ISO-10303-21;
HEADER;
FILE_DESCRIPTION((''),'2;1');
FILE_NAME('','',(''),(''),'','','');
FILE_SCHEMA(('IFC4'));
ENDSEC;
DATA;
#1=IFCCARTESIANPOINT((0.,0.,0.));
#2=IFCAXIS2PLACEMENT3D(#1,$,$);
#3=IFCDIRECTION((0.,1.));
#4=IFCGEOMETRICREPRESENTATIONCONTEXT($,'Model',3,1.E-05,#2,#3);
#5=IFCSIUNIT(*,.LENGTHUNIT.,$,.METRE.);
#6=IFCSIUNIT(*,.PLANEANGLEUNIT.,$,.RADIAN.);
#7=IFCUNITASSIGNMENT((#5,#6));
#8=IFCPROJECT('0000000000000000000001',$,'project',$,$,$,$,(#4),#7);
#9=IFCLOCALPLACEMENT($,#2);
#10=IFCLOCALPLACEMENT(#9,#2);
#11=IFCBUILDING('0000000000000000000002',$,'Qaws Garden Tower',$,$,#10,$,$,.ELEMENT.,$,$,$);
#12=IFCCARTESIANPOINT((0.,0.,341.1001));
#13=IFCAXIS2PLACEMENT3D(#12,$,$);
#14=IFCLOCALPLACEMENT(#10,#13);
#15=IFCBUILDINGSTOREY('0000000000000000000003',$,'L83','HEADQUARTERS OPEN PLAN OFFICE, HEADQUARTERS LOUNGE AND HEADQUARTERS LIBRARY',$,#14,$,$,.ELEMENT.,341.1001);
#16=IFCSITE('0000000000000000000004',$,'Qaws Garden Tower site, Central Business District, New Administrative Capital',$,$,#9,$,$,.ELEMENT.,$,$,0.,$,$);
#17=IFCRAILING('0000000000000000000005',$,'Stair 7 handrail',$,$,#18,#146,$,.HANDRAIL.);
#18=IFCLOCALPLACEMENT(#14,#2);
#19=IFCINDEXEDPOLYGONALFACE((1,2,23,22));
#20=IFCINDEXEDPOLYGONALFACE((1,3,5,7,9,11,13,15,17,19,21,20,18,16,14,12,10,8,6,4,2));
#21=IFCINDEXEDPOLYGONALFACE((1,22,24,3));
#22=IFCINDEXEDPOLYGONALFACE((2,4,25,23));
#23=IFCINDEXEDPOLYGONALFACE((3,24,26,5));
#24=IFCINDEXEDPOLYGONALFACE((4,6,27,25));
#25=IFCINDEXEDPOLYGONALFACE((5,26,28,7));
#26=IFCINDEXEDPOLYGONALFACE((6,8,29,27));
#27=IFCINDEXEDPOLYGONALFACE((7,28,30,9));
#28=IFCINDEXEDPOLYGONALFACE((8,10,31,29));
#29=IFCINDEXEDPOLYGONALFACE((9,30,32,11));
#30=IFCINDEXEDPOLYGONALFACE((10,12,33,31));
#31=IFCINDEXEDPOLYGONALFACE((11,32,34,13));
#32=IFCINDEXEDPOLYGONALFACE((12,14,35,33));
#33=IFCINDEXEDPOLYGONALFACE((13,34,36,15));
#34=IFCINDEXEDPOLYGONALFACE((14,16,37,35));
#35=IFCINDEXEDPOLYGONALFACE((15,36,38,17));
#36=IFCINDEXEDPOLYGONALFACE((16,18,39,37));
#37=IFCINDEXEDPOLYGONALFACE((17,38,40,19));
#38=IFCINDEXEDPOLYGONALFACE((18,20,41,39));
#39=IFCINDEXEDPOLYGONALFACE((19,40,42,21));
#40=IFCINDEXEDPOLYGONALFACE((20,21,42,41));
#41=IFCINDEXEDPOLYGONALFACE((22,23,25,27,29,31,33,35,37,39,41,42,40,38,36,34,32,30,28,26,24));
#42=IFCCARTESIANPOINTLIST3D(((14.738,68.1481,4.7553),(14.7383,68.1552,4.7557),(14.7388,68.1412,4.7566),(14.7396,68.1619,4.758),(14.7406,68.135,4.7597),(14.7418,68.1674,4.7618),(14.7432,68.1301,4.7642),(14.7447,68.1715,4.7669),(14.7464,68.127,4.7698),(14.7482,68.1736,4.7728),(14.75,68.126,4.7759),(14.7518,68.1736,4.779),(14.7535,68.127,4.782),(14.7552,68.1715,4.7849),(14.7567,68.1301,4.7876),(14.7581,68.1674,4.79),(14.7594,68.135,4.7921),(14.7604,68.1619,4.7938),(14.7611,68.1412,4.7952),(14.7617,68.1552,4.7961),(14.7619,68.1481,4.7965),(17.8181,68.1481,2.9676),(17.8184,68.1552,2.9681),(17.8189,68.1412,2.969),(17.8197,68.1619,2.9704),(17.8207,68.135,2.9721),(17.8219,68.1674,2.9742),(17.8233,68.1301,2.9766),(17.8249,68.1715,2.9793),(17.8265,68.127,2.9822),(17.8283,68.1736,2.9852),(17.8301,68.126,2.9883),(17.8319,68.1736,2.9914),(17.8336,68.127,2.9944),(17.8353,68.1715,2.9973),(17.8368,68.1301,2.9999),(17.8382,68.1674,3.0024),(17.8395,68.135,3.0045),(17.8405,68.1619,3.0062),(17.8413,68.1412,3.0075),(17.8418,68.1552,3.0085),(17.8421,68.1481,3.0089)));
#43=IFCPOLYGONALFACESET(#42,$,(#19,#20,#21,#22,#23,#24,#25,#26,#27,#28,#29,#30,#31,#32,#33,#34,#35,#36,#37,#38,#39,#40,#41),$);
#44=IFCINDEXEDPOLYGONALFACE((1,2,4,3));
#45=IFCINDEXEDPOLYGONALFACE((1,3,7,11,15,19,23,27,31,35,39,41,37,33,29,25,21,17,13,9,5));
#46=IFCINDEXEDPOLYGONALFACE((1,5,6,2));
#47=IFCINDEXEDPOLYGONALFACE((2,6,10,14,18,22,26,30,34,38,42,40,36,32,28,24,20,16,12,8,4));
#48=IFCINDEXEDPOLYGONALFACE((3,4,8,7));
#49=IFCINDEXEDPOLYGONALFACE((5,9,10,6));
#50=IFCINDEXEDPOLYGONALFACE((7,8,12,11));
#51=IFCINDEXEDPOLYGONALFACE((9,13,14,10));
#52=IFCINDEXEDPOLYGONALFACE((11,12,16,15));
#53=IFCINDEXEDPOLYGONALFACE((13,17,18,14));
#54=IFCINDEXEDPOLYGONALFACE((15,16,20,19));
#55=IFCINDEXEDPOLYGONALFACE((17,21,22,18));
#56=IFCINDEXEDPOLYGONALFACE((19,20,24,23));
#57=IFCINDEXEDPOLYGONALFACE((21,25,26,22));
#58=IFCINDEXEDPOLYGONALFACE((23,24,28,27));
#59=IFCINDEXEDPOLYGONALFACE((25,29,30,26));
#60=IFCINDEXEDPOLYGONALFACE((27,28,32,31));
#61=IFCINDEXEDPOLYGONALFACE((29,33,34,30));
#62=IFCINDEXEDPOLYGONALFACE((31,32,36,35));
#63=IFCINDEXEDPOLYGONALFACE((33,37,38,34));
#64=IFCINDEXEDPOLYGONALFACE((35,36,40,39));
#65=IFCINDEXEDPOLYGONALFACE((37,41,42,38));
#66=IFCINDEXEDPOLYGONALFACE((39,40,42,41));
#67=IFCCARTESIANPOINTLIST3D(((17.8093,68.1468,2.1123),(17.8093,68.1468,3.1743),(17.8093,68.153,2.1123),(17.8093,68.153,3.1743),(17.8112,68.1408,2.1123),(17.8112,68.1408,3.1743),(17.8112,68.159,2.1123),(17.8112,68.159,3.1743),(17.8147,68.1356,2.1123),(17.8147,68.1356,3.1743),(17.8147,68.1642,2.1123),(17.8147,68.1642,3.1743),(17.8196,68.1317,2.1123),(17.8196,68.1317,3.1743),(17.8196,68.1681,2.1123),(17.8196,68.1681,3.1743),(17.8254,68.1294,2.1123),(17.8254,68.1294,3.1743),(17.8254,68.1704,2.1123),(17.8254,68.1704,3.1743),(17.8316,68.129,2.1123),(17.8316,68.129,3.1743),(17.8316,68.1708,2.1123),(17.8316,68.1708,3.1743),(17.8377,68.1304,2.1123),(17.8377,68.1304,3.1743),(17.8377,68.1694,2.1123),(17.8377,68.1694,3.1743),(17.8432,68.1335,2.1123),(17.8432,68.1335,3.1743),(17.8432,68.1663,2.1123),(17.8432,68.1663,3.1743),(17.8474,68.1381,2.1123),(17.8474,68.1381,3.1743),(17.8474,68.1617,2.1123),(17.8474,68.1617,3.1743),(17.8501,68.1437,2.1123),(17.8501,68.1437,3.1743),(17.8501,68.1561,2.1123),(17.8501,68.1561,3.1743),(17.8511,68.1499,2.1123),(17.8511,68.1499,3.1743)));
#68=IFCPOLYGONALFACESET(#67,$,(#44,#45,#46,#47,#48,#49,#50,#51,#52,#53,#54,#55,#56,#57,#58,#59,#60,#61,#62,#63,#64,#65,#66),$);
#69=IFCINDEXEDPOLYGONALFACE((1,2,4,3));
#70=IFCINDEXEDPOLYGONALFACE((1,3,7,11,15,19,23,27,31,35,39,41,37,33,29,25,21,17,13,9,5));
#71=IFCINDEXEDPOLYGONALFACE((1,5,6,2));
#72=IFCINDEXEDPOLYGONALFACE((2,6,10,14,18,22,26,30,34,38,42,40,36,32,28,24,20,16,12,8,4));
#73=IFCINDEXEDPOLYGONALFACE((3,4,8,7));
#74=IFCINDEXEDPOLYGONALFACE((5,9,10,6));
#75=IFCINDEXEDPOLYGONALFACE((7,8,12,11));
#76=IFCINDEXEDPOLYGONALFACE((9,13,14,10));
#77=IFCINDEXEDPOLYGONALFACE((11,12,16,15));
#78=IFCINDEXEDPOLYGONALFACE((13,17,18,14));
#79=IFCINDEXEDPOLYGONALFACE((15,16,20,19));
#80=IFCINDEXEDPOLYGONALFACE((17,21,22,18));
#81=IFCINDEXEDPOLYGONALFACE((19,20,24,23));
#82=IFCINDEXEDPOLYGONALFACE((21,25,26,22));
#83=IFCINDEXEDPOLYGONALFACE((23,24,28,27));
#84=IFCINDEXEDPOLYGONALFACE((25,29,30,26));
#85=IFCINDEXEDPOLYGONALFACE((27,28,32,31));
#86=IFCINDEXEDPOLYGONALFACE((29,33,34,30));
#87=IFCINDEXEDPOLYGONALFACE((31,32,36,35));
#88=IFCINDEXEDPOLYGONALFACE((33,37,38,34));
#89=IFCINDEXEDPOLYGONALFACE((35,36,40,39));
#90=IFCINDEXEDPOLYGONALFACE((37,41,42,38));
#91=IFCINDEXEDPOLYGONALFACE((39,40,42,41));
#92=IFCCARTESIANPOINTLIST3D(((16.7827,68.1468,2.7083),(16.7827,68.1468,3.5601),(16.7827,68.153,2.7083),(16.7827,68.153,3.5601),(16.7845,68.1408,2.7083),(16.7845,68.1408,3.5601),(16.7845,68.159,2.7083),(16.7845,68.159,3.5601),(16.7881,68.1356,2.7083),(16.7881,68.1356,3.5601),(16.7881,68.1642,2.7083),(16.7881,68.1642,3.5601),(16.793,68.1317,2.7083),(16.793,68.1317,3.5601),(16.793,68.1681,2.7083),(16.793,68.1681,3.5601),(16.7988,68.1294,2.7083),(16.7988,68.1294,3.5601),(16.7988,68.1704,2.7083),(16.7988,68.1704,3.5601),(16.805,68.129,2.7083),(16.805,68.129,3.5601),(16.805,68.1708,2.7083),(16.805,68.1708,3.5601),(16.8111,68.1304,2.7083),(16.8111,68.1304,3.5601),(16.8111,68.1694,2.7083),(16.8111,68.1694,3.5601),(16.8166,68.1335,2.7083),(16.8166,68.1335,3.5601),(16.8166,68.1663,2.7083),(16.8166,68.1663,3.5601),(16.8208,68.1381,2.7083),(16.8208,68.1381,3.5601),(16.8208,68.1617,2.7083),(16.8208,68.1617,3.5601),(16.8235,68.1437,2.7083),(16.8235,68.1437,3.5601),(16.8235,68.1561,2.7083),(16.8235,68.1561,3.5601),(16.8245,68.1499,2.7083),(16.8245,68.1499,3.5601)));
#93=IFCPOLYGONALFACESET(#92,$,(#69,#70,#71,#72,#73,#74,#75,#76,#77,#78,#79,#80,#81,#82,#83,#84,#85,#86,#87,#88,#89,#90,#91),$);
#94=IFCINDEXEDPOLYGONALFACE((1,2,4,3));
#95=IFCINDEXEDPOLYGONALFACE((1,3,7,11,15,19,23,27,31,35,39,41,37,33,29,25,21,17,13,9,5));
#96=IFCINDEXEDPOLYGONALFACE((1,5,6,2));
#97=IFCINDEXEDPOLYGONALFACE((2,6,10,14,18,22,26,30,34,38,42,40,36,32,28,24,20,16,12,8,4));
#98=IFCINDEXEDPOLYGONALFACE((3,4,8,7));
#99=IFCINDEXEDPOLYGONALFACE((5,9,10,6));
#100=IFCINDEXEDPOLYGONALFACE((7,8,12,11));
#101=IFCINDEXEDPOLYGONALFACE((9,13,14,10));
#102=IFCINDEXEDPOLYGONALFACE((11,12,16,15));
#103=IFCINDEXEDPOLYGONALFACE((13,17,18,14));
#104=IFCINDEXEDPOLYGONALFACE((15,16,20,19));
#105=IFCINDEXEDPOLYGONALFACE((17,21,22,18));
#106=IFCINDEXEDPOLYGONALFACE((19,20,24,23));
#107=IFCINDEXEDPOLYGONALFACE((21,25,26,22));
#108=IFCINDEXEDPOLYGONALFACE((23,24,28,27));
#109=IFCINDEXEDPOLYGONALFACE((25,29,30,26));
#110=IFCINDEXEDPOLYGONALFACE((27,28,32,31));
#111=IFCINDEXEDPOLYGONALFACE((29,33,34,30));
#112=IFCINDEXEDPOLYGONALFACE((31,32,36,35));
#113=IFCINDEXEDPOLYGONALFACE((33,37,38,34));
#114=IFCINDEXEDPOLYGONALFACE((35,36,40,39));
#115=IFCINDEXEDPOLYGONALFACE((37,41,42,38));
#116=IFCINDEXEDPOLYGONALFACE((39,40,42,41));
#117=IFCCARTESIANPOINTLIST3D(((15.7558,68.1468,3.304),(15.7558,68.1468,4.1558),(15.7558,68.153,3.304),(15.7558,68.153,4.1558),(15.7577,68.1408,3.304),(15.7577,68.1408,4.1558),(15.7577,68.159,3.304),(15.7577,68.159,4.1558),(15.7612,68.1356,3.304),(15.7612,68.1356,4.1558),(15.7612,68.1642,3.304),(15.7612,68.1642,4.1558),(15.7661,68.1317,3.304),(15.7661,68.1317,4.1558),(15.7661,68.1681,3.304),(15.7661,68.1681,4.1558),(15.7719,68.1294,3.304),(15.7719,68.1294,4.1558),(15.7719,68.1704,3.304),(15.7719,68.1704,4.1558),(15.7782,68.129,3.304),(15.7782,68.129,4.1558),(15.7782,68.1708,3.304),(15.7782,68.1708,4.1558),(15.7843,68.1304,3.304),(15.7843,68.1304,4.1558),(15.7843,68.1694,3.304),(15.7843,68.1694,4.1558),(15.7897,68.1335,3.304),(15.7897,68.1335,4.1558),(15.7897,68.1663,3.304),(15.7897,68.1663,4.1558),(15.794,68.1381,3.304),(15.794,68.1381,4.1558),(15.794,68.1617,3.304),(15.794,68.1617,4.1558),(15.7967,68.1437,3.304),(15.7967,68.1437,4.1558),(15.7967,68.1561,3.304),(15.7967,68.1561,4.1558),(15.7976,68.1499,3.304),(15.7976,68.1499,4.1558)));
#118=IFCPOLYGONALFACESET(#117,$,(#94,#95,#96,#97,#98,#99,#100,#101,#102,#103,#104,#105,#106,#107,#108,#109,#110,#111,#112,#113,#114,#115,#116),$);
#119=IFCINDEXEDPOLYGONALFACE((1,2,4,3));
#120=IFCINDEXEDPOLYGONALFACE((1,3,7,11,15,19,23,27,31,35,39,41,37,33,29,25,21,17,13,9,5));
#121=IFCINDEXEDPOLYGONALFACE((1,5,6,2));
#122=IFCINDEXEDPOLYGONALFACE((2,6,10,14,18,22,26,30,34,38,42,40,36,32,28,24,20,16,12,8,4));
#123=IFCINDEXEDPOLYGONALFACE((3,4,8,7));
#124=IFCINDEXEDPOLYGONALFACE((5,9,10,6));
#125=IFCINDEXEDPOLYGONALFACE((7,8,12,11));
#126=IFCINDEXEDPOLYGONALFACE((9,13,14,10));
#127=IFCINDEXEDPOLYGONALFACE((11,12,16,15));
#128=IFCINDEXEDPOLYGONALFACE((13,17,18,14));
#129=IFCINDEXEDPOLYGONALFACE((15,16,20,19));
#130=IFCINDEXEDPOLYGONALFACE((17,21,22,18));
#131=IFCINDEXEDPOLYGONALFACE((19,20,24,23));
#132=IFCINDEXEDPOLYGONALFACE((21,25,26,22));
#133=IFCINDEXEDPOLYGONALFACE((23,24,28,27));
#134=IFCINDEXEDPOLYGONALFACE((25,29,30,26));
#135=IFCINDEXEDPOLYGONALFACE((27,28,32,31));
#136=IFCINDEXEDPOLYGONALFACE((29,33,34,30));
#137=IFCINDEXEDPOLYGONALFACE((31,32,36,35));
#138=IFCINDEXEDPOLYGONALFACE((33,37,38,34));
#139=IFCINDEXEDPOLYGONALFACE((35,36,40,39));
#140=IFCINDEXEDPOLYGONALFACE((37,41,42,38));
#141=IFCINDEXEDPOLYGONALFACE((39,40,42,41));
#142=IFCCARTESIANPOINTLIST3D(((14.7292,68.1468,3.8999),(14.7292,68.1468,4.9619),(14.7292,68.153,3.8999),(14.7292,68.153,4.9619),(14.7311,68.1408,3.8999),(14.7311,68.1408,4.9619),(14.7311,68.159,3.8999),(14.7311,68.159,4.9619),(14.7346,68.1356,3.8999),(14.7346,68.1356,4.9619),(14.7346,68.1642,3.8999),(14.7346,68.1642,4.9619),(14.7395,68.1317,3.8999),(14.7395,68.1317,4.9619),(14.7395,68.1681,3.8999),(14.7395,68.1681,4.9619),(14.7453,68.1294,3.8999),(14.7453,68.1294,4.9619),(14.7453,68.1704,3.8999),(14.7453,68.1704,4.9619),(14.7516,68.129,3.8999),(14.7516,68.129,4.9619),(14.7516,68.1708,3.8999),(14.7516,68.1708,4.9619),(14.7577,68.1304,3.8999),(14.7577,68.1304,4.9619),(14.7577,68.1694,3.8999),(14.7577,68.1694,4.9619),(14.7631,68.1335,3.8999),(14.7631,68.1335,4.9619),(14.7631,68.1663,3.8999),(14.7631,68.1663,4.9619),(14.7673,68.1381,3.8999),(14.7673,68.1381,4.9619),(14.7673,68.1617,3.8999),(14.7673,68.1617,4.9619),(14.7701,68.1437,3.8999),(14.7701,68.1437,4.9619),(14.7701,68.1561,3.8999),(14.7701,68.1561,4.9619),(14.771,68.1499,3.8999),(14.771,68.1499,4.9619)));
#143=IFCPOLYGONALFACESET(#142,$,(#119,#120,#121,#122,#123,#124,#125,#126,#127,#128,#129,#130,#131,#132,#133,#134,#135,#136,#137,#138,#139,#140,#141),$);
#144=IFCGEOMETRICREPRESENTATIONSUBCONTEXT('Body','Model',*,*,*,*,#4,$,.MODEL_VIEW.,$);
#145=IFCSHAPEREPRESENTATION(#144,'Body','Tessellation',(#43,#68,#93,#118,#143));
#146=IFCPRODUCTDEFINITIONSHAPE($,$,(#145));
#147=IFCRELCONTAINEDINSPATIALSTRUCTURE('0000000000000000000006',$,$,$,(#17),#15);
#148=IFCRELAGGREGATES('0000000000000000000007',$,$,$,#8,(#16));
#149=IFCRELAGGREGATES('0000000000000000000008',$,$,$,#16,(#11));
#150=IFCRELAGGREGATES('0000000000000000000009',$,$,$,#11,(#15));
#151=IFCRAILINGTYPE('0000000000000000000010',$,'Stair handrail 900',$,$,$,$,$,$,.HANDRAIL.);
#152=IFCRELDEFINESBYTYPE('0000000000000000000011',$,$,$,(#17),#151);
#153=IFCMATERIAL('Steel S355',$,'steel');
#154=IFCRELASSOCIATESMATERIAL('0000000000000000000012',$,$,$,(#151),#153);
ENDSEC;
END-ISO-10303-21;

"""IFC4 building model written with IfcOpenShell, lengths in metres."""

from ifc_helpers import new_model, si_unit, direction, frame, origin, origin_2d, place, context, subcontext, project, spatial, circle, extrude, material, type_object, element, save


model = new_model("IFC4")

# Units and contexts
model_context = context("Model", 3, precision=1e-05, world=origin(), true_north=direction((0.0, 1.0)))
body_context = subcontext(model_context, "Body", "Model", "MODEL_VIEW")
ifc_project = project(units=[si_unit("LENGTHUNIT", "METRE"), si_unit("PLANEANGLEUNIT", "RADIAN")], contexts=[model_context])

# Site, building, storey
site_placement = place(None, origin())
site = spatial("IfcSite", under=ifc_project, at=site_placement, Name="Qaws Garden Tower site, Central Business District, New Administrative Capital", CompositionType="ELEMENT", RefElevation=0.0)
building_placement = place(site_placement, origin())
building = spatial("IfcBuilding", under=site, at=building_placement, Name="Qaws Garden Tower", CompositionType="ELEMENT")
storey_placement = place(building_placement, frame((0.0, 0.0, 341.1001)))
storey = spatial("IfcBuildingStorey", under=building, at=storey_placement, Name="L83", Description="HEADQUARTERS OPEN PLAN OFFICE, HEADQUARTERS LOUNGE AND HEADQUARTERS LIBRARY", CompositionType="ELEMENT", Elevation=341.1001)

# Railing
ifc_material_1 = material(Name="Steel S355", Category="steel")
railing_type = type_object("IfcRailingType", Name="Stair handrail 900", PredefinedType="HANDRAIL", material=ifc_material_1)
railing_1_placement = place(storey_placement, frame((17.8301, 68.1499, 2.1123)))
element("IfcRailing", 1, at=railing_1_placement, inside=storey, type_object=railing_type, Name="Stair 7 handrail", PredefinedType="HANDRAIL", context=body_context, shape_type="SweptSolid", body=[
    extrude(circle(Radius=0.0239, at=origin_2d()), frame((0.0, 0.0, 0.876), z_axis=(-0.864891, 0.0, 0.50196), x_axis=(0.0, -1.0, 0.0)), (0.0, 0.0, 1.0), 3.5613),
    extrude(circle(Radius=0.021, at=origin_2d()), origin(), (0.0, 0.0, 1.0), 1.062),
    extrude(circle(Radius=0.021, at=origin_2d()), frame((-1.0266, 0.0, 0.5959)), (0.0, 0.0, 1.0), 0.8518),
    extrude(circle(Radius=0.021, at=origin_2d()), frame((-2.0535, 0.0, 1.1917)), (0.0, 0.0, 1.0), 0.8518),
    extrude(circle(Radius=0.021, at=origin_2d()), frame((-3.0801, 0.0, 1.7876)), (0.0, 0.0, 1.0), 1.062),
])

save(model, "model.ifc")
